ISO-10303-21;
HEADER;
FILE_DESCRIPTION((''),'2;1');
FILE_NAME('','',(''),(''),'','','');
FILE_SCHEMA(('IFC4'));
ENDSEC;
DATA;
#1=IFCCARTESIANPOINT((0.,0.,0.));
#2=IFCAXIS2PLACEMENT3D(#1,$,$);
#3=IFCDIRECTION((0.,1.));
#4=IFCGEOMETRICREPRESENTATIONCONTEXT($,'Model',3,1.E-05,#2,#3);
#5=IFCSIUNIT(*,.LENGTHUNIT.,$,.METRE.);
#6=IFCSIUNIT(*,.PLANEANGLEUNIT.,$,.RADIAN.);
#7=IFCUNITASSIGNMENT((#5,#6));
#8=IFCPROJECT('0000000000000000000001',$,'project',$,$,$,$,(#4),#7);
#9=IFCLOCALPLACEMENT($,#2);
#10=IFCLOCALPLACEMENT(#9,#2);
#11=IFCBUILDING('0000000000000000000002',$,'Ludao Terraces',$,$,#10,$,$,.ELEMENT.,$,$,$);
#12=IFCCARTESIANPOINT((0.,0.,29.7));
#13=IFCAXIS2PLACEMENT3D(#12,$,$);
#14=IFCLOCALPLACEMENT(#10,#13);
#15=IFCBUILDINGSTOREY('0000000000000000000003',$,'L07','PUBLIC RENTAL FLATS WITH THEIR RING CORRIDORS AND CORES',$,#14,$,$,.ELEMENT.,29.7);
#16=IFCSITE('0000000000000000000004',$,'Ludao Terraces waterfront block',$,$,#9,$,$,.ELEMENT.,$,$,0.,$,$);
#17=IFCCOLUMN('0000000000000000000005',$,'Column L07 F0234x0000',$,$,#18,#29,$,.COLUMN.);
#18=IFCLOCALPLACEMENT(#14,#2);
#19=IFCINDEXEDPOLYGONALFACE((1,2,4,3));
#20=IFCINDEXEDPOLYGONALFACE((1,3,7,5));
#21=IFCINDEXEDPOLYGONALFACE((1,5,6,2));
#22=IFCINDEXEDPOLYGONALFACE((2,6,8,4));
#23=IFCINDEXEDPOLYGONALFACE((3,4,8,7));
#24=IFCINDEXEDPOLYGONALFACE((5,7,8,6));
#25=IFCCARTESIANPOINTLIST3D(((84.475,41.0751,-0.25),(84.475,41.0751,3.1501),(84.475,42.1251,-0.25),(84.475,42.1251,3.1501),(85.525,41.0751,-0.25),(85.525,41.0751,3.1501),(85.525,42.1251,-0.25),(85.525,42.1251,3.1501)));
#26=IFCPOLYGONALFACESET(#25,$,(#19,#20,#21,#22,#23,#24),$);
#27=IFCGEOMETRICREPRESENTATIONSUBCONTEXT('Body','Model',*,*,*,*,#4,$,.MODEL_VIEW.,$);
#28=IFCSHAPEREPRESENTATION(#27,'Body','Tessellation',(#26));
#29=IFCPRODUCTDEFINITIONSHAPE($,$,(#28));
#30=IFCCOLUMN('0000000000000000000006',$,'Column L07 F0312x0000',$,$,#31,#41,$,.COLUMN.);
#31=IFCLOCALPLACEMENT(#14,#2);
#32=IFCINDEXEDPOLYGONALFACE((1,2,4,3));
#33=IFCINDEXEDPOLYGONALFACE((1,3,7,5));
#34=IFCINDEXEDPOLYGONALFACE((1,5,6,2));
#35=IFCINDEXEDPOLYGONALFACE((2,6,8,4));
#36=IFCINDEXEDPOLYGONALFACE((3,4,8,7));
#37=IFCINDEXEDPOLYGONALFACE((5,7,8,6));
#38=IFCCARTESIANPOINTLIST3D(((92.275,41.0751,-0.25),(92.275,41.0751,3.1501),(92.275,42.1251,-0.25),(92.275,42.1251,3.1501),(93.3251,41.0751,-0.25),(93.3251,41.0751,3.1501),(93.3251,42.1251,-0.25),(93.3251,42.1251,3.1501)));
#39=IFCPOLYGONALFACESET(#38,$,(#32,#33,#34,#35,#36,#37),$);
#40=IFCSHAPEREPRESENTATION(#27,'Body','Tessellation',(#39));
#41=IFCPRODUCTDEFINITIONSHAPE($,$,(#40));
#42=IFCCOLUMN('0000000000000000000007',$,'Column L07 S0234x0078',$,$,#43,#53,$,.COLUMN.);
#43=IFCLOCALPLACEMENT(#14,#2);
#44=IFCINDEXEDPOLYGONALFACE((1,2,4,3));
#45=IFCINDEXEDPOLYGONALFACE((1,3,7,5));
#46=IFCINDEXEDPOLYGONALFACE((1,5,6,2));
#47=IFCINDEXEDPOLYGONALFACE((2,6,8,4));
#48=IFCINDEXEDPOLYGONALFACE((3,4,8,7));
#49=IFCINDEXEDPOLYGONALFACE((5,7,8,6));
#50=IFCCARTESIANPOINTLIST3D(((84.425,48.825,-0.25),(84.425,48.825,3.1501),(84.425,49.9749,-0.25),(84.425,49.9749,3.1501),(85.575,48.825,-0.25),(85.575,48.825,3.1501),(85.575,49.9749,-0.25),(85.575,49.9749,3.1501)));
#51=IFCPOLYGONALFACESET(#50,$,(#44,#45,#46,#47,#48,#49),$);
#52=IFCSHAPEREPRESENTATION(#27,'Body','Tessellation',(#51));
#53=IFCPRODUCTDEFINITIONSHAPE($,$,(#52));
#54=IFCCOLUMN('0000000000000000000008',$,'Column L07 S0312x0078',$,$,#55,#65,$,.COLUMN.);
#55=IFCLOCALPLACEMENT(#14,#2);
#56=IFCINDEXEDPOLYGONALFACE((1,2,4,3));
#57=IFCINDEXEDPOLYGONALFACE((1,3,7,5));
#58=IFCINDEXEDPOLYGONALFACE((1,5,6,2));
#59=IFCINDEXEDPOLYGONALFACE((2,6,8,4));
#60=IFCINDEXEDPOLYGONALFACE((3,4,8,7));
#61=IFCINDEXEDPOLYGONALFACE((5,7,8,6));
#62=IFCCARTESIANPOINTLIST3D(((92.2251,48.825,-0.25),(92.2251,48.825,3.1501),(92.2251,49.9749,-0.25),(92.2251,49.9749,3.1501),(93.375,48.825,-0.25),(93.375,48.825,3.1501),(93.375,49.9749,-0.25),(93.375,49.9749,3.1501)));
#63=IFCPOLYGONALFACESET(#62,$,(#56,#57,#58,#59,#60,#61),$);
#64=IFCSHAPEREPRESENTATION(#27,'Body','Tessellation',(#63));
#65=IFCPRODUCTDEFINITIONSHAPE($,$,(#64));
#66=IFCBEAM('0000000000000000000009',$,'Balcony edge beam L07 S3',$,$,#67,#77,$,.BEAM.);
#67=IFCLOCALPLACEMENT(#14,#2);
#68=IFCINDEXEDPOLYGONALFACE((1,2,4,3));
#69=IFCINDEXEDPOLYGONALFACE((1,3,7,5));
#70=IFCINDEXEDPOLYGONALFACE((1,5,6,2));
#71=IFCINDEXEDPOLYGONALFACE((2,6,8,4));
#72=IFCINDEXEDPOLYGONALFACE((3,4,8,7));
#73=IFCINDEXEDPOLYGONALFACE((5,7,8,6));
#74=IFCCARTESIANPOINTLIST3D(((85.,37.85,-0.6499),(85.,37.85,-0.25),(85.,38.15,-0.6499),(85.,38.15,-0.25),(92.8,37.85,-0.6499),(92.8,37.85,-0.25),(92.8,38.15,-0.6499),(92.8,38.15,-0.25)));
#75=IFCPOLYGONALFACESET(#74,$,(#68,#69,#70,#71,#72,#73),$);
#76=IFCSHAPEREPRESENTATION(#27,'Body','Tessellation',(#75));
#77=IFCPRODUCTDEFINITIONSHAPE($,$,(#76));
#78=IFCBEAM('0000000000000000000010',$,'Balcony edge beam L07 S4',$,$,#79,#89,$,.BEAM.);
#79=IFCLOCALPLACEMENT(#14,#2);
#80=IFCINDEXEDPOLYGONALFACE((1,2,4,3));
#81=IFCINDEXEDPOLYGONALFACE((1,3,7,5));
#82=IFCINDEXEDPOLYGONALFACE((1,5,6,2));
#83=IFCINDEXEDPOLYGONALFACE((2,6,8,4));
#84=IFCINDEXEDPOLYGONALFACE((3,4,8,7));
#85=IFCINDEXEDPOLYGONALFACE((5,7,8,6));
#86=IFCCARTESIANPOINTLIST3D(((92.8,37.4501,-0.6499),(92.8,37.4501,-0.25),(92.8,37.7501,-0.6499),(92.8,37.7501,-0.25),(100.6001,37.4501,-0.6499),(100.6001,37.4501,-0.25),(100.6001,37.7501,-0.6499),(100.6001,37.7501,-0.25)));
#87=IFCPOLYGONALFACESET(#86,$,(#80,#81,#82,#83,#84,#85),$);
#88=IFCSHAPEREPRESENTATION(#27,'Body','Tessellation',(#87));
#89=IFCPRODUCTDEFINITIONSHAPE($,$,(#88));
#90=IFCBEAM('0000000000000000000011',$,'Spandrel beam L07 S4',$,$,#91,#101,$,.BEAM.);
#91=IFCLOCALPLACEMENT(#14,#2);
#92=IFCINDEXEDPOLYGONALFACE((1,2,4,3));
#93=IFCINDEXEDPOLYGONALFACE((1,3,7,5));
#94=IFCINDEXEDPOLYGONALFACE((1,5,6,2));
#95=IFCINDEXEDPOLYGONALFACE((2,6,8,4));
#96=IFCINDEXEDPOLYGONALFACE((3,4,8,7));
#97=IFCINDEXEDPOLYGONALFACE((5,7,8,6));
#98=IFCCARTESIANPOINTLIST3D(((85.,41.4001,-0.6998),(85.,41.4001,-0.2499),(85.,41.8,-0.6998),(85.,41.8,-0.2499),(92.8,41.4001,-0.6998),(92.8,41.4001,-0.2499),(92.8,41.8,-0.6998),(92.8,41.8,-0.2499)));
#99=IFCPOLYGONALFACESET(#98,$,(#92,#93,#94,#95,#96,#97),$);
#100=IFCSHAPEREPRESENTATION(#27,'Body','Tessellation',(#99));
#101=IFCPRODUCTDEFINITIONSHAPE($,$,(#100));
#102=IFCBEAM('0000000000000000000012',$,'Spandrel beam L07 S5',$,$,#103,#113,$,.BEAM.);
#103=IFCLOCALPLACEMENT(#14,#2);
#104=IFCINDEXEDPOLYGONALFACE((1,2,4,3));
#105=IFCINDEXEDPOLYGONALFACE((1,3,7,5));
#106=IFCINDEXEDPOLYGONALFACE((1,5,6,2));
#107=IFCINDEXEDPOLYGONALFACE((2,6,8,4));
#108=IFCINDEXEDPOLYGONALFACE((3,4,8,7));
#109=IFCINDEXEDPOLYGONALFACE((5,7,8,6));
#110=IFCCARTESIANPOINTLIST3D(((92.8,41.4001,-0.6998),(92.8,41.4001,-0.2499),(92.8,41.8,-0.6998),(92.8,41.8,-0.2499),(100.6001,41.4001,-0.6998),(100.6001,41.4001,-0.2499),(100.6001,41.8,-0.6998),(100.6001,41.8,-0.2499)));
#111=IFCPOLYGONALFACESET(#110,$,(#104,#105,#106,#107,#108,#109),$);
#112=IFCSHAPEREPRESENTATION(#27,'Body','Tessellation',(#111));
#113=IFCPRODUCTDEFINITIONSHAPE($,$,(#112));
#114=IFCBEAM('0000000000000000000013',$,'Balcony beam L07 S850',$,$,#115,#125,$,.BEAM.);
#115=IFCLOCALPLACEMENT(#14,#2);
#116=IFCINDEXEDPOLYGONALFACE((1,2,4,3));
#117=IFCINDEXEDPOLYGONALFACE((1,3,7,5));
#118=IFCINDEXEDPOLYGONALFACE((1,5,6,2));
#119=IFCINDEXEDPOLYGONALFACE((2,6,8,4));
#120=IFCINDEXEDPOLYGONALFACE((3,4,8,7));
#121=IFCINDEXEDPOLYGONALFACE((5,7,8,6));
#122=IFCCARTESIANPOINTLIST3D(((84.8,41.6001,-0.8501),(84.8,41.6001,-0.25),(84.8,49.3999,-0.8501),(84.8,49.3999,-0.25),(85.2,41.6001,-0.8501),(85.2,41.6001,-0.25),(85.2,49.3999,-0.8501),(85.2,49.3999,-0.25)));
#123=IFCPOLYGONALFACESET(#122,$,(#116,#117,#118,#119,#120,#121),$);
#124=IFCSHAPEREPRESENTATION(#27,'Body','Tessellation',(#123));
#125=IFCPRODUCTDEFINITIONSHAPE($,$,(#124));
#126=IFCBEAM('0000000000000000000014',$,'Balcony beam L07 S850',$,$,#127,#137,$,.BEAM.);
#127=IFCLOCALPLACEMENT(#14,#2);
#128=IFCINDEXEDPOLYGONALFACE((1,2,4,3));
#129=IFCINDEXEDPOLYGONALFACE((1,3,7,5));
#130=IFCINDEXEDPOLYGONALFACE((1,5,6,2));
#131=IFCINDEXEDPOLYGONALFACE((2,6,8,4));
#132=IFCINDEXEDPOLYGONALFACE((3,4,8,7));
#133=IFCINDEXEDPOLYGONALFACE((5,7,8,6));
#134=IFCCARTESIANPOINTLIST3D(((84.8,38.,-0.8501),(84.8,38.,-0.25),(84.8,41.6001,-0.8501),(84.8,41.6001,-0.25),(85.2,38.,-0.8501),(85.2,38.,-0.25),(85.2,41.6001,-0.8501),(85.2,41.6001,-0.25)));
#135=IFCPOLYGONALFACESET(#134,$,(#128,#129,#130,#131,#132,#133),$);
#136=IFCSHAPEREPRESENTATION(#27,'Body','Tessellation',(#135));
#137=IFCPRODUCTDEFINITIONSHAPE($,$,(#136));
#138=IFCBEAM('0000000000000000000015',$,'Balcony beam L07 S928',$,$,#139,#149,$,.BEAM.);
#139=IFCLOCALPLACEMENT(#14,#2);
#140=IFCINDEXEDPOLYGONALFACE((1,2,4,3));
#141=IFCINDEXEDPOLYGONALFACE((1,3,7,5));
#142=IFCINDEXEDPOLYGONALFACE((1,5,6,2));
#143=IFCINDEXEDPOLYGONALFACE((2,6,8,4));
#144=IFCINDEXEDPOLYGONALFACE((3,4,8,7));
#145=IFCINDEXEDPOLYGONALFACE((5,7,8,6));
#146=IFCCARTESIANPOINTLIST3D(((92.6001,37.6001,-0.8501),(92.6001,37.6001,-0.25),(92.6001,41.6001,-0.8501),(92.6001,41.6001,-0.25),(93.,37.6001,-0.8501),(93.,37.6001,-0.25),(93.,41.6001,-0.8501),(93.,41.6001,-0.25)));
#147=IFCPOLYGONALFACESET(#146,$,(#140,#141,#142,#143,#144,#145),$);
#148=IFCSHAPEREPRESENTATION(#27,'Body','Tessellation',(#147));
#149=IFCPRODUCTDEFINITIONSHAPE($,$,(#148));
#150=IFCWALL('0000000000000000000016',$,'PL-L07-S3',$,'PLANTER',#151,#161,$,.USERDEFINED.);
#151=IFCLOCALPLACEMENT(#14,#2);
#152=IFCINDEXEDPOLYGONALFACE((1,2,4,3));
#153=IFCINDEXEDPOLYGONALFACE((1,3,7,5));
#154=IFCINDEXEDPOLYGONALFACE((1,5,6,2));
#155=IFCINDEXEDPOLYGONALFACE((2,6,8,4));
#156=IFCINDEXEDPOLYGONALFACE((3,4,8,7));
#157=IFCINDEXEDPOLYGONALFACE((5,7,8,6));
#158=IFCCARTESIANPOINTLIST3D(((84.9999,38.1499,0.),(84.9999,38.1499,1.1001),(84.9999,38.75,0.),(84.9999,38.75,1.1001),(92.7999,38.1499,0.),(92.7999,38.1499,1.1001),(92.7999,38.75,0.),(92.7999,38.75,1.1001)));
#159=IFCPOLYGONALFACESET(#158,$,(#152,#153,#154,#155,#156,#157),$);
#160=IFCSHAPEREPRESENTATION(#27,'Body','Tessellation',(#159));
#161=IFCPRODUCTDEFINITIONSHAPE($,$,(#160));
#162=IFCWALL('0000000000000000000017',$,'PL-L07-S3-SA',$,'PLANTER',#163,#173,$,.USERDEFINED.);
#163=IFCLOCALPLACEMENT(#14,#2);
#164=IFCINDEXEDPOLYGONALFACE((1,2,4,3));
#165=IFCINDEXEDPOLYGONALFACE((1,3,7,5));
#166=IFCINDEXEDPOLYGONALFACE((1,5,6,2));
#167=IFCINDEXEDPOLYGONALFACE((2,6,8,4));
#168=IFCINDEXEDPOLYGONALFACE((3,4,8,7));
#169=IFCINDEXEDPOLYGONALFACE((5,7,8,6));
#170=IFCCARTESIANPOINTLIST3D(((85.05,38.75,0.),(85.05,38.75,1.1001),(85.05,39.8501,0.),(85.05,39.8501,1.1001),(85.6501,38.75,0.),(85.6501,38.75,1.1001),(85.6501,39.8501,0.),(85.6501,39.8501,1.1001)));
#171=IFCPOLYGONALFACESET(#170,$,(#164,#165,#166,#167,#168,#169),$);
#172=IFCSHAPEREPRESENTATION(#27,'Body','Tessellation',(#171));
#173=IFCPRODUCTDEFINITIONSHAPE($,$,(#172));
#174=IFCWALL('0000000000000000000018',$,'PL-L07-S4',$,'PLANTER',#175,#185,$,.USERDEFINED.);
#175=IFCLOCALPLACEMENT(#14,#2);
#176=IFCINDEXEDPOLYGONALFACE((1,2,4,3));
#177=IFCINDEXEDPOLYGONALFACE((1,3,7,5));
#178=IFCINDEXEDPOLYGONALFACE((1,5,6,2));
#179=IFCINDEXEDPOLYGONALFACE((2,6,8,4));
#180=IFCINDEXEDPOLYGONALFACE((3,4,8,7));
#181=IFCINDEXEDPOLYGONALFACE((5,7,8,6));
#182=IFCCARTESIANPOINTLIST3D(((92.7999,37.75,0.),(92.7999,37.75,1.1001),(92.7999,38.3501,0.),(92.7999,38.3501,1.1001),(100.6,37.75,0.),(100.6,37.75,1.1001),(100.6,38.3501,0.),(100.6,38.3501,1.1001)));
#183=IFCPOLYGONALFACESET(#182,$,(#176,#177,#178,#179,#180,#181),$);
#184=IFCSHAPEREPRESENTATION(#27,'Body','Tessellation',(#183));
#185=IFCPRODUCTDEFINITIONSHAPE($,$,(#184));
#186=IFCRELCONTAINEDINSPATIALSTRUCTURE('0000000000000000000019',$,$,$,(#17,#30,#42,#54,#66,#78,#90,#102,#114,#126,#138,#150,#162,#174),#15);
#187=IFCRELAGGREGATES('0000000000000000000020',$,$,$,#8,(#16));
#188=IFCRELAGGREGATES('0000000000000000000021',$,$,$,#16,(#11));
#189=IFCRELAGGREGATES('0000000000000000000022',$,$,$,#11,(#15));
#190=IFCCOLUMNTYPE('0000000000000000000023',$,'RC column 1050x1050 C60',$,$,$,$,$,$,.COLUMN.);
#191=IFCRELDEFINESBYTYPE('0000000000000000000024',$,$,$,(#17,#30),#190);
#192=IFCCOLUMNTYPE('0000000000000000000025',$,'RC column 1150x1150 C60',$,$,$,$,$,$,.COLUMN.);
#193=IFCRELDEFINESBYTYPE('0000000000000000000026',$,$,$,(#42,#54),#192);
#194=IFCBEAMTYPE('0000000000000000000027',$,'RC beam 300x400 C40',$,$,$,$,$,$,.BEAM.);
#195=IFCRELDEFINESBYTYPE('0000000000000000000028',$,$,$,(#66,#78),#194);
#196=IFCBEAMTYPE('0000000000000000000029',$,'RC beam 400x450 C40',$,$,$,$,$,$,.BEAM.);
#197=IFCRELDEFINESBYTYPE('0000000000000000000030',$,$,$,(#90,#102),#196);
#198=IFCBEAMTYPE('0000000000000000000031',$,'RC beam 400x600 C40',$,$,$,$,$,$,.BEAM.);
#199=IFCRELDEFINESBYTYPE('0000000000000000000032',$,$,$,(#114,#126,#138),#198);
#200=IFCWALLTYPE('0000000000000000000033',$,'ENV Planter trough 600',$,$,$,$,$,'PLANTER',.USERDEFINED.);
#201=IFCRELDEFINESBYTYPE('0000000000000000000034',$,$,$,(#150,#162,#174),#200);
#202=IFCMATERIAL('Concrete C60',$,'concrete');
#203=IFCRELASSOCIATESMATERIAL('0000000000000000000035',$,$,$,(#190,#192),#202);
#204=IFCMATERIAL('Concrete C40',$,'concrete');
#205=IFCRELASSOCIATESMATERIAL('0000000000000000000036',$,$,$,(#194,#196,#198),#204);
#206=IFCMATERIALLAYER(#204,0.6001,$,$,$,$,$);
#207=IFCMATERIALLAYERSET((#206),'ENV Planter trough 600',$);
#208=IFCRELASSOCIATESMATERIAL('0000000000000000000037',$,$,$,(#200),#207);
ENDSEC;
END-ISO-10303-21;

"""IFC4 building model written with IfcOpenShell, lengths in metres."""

from ifc_helpers import new_model, si_unit, direction, frame, frame_2d, origin, origin_2d, place, context, subcontext, project, spatial, rectangle, extrude, material, layer, layer_set, material_profile, profile_set, type_object, element, save


model = new_model("IFC4")

# Units and contexts
model_context = context("Model", 3, precision=1e-05, world=origin(), true_north=direction((0.0, 1.0)))
body_context = subcontext(model_context, "Body", "Model", "MODEL_VIEW")
ifc_project = project(units=[si_unit("LENGTHUNIT", "METRE"), si_unit("PLANEANGLEUNIT", "RADIAN")], contexts=[model_context])

# Site, building, storey
site_placement = place(None, origin())
site = spatial("IfcSite", under=ifc_project, at=site_placement, Name="Ludao Terraces waterfront block", CompositionType="ELEMENT", RefElevation=0.0)
building_placement = place(site_placement, origin())
building = spatial("IfcBuilding", under=site, at=building_placement, Name="Ludao Terraces", CompositionType="ELEMENT")
storey_placement = place(building_placement, frame((0.0, 0.0, 29.7)))
storey = spatial("IfcBuildingStorey", under=building, at=storey_placement, Name="L07", Description="PUBLIC RENTAL FLATS WITH THEIR RING CORRIDORS AND CORES", CompositionType="ELEMENT", Elevation=29.7)

# Columns
ifc_material_1 = material(Name="Concrete C60", Category="concrete")
ifc_material_profile_1 = material_profile(ifc_material_1, rectangle(XDim=1.05, YDim=1.05, at=origin_2d()), Name="1050 X 1050")
ifc_profile_set_1 = profile_set([ifc_material_profile_1], Name="Concrete C60")
column_type_1 = type_object("IfcColumnType", Name="RC column 1050x1050 C60", PredefinedType="COLUMN", material=ifc_profile_set_1)
for number, where, z_axis, x_axis, name in (
    (1, (85.0, 41.6001, -0.25), (0.0, 0.0, 1.0), (1.0, 0.0, 0.0), "Column L07 F0234x0000"),
    (2, (92.8, 41.6001, -0.25), (0.0, 0.0, 1.0), (1.0, 0.0, 0.0), "Column L07 F0312x0000"),
):
    element("IfcColumn", number, at=place(storey_placement, frame(where, z_axis=z_axis, x_axis=x_axis)), inside=storey, type_object=column_type_1, Name=name, PredefinedType="COLUMN", context=body_context, shape_type="SweptSolid", body=[
        extrude(rectangle(XDim=1.05, YDim=1.05, at=origin_2d()), origin(), (0.0, 0.0, 1.0), 3.4001),
    ])
ifc_material_profile_2 = material_profile(ifc_material_1, rectangle(XDim=1.1499, YDim=1.1499, at=origin_2d()), Name="1150 X 1150")
ifc_profile_set_2 = profile_set([ifc_material_profile_2], Name="Concrete C60")
column_type_2 = type_object("IfcColumnType", Name="RC column 1150x1150 C60", PredefinedType="COLUMN", material=ifc_profile_set_2)
for number, where, z_axis, x_axis, name in (
    (3, (85.0, 49.3999, -0.25), (0.0, 0.0, 1.0), (1.0, 0.0, 0.0), "Column L07 S0234x0078"),
    (4, (92.8, 49.3999, -0.25), (0.0, 0.0, 1.0), (1.0, 0.0, 0.0), "Column L07 S0312x0078"),
):
    element("IfcColumn", number, at=place(storey_placement, frame(where, z_axis=z_axis, x_axis=x_axis)), inside=storey, type_object=column_type_2, Name=name, PredefinedType="COLUMN", context=body_context, shape_type="SweptSolid", body=[
        extrude(rectangle(XDim=1.1499, YDim=1.1499, at=origin_2d()), origin(), (0.0, 0.0, 1.0), 3.4001),
    ])

# Beams
ifc_material_2 = material(Name="Concrete C40", Category="concrete")
ifc_material_profile_3 = material_profile(ifc_material_2, rectangle(XDim=0.3, YDim=0.3999, at=origin_2d()), Name="300 X 400")
ifc_profile_set_3 = profile_set([ifc_material_profile_3], Name="Concrete C40")
beam_type_1 = type_object("IfcBeamType", Name="RC beam 300x400 C40", PredefinedType="BEAM", material=ifc_profile_set_3)
for number, where, z_axis, x_axis, name in (
    (5, (85.0, 38.0, -0.45), (1.0, 0.0, 0.0), (0.0, 1.0, 0.0), "Balcony edge beam L07 S3"),
    (6, (92.8, 37.6001, -0.45), (1.0, 0.0, 0.0), (0.0, 1.0, 0.0), "Balcony edge beam L07 S4"),
):
    element("IfcBeam", number, at=place(storey_placement, frame(where, z_axis=z_axis, x_axis=x_axis)), inside=storey, type_object=beam_type_1, Name=name, PredefinedType="BEAM", context=body_context, shape_type="SweptSolid", body=[
        extrude(rectangle(XDim=0.3, YDim=0.3999, at=origin_2d()), origin(), (0.0, 0.0, 1.0), 7.8),
    ])
ifc_material_profile_4 = material_profile(ifc_material_2, rectangle(XDim=0.3999, YDim=0.45, at=origin_2d()), Name="400 X 450")
ifc_profile_set_4 = profile_set([ifc_material_profile_4], Name="Concrete C40")
beam_type_2 = type_object("IfcBeamType", Name="RC beam 400x450 C40", PredefinedType="BEAM", material=ifc_profile_set_4)
for number, where, z_axis, x_axis, name in (
    (7, (85.0, 41.6001, -0.4749), (1.0, 0.0, 0.0), (0.0, 1.0, 0.0), "Spandrel beam L07 S4"),
    (8, (92.8, 41.6001, -0.4749), (1.0, 0.0, 0.0), (0.0, 1.0, 0.0), "Spandrel beam L07 S5"),
):
    element("IfcBeam", number, at=place(storey_placement, frame(where, z_axis=z_axis, x_axis=x_axis)), inside=storey, type_object=beam_type_2, Name=name, PredefinedType="BEAM", context=body_context, shape_type="SweptSolid", body=[
        extrude(rectangle(XDim=0.3999, YDim=0.45, at=origin_2d()), origin(), (0.0, 0.0, 1.0), 7.8),
    ])
ifc_material_profile_5 = material_profile(ifc_material_2, rectangle(XDim=0.3999, YDim=0.6001, at=origin_2d()), Name="400 X 600")
ifc_profile_set_5 = profile_set([ifc_material_profile_5], Name="Concrete C40")
beam_type_3 = type_object("IfcBeamType", Name="RC beam 400x600 C40", PredefinedType="BEAM", material=ifc_profile_set_5)
beam_1_placement = place(storey_placement, frame((85.0, 49.3999, -0.55), z_axis=(0.0, -1.0, 0.0), x_axis=(1.0, 0.0, 0.0)))
element("IfcBeam", 9, at=beam_1_placement, inside=storey, type_object=beam_type_3, Name="Balcony beam L07 S850", PredefinedType="BEAM", context=body_context, shape_type="SweptSolid", body=[
    extrude(rectangle(XDim=0.3999, YDim=0.6001, at=origin_2d()), origin(), (0.0, 0.0, 1.0), 7.7998),
])
beam_2_placement = place(storey_placement, frame((85.0, 41.6001, -0.55), z_axis=(0.0, -1.0, 0.0), x_axis=(1.0, 0.0, 0.0)))
element("IfcBeam", 10, at=beam_2_placement, inside=storey, type_object=beam_type_3, Name="Balcony beam L07 S850", PredefinedType="BEAM", context=body_context, shape_type="SweptSolid", body=[
    extrude(rectangle(XDim=0.3999, YDim=0.6001, at=origin_2d()), origin(), (0.0, 0.0, 1.0), 3.6001),
])
beam_3_placement = place(storey_placement, frame((92.8, 41.6001, -0.55), z_axis=(0.0, -1.0, 0.0), x_axis=(1.0, 0.0, 0.0)))
element("IfcBeam", 11, at=beam_3_placement, inside=storey, type_object=beam_type_3, Name="Balcony beam L07 S928", PredefinedType="BEAM", context=body_context, shape_type="SweptSolid", body=[
    extrude(rectangle(XDim=0.3999, YDim=0.6001, at=origin_2d()), origin(), (0.0, 0.0, 1.0), 4.0),
])

# Walls
ifc_layer_1 = layer(ifc_material_2, 0.6001)
ifc_layer_set_1 = layer_set([ifc_layer_1], Name="ENV Planter trough 600")
wall_type_1 = type_object("IfcWallType", Name="ENV Planter trough 600", ElementType="PLANTER", PredefinedType="USERDEFINED", material=ifc_layer_set_1)
wall_1_placement = place(storey_placement, frame((85.0, 38.45, 0.0), z_axis=(0.0, 0.0, 1.0), x_axis=(1.0, 0.0, 0.0)))
element("IfcWall", 12, at=wall_1_placement, inside=storey, type_object=wall_type_1, Name="PL-L07-S3", ObjectType="PLANTER", PredefinedType="USERDEFINED", context=body_context, shape_type="SweptSolid", body=[
    extrude(rectangle(XDim=7.8, YDim=0.6001, at=frame_2d((3.8999, 0.0))), origin(), (0.0, 0.0, 1.0), 1.1001),
])
wall_2_placement = place(storey_placement, frame((85.3501, 38.75, 0.0), z_axis=(0.0, 0.0, 1.0), x_axis=(0.0, 1.0, 0.0)))
element("IfcWall", 13, at=wall_2_placement, inside=storey, type_object=wall_type_1, Name="PL-L07-S3-SA", ObjectType="PLANTER", PredefinedType="USERDEFINED", context=body_context, shape_type="SweptSolid", body=[
    extrude(rectangle(XDim=1.1001, YDim=0.6001, at=frame_2d((0.55, 0.0))), origin(), (0.0, 0.0, 1.0), 1.1001),
])
wall_3_placement = place(storey_placement, frame((92.8, 38.05, 0.0), z_axis=(0.0, 0.0, 1.0), x_axis=(1.0, 0.0, 0.0)))
element("IfcWall", 14, at=wall_3_placement, inside=storey, type_object=wall_type_1, Name="PL-L07-S4", ObjectType="PLANTER", PredefinedType="USERDEFINED", context=body_context, shape_type="SweptSolid", body=[
    extrude(rectangle(XDim=7.8, YDim=0.6001, at=frame_2d((3.8999, 0.0))), origin(), (0.0, 0.0, 1.0), 1.1001),
])

save(model, "model.ifc")
